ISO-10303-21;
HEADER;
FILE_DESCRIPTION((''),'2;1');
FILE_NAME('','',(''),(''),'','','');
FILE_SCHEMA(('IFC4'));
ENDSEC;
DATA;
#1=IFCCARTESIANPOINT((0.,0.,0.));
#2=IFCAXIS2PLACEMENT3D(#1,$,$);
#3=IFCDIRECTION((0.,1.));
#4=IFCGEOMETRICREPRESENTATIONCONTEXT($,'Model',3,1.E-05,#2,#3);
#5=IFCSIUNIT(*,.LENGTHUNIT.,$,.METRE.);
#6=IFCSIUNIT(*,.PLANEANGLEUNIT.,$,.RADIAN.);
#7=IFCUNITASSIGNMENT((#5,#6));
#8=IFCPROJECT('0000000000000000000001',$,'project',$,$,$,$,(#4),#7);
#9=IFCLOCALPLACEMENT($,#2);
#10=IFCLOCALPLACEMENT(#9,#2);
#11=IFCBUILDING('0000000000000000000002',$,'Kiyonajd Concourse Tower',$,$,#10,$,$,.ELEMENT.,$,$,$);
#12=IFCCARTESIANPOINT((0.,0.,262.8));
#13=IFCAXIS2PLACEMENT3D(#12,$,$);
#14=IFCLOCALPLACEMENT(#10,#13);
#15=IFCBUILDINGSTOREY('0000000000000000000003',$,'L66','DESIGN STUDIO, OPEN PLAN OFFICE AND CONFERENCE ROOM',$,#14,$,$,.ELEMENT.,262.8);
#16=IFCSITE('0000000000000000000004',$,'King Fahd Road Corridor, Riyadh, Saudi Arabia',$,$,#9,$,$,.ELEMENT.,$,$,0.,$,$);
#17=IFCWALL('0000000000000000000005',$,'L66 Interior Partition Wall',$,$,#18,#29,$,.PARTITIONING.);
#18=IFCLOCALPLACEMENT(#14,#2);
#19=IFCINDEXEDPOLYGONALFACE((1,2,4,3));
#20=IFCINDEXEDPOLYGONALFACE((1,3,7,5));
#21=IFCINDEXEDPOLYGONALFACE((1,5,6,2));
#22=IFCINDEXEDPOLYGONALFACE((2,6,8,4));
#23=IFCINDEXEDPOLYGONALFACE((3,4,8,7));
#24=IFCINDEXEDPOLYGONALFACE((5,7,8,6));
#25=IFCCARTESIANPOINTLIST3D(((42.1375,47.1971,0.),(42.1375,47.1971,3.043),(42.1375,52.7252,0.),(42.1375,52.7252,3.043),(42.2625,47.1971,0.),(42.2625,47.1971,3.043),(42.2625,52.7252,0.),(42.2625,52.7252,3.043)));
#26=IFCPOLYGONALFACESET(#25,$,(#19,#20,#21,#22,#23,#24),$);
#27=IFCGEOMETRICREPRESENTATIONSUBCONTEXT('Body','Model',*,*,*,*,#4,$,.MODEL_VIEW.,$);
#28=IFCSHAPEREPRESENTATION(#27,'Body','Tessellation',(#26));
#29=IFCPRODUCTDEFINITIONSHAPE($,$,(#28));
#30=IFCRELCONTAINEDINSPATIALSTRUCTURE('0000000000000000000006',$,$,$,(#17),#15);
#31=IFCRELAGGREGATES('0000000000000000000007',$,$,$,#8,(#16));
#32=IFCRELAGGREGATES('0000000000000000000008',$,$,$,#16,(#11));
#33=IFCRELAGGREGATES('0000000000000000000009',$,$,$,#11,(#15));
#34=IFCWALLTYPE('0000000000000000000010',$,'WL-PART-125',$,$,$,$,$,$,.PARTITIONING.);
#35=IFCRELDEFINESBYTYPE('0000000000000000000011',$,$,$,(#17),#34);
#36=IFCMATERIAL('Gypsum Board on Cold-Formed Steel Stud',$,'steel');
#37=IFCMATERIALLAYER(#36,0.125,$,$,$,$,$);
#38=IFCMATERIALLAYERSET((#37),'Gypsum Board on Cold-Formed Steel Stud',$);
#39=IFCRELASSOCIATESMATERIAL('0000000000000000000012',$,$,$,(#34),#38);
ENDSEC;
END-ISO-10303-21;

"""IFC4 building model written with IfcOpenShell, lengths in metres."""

from ifc_helpers import new_model, si_unit, direction, frame, frame_2d, origin, place, context, subcontext, project, spatial, rectangle, extrude, material, layer, layer_set, type_object, element, save


model = new_model("IFC4")

# Units and contexts
model_context = context("Model", 3, precision=1e-05, world=origin(), true_north=direction((0.0, 1.0)))
body_context = subcontext(model_context, "Body", "Model", "MODEL_VIEW")
ifc_project = project(units=[si_unit("LENGTHUNIT", "METRE"), si_unit("PLANEANGLEUNIT", "RADIAN")], contexts=[model_context])

# Site, building, storey
site_placement = place(None, origin())
site = spatial("IfcSite", under=ifc_project, at=site_placement, Name="King Fahd Road Corridor, Riyadh, Saudi Arabia", CompositionType="ELEMENT", RefElevation=0.0)
building_placement = place(site_placement, origin())
building = spatial("IfcBuilding", under=site, at=building_placement, Name="Kiyonajd Concourse Tower", CompositionType="ELEMENT")
storey_placement = place(building_placement, frame((0.0, 0.0, 262.8)))
storey = spatial("IfcBuildingStorey", under=building, at=storey_placement, Name="L66", Description="DESIGN STUDIO, OPEN PLAN OFFICE AND CONFERENCE ROOM", CompositionType="ELEMENT", Elevation=262.8)

# Wall
ifc_material_1 = material(Name="Gypsum Board on Cold-Formed Steel Stud", Category="steel")
ifc_layer_1 = layer(ifc_material_1, 0.125)
ifc_layer_set_1 = layer_set([ifc_layer_1], Name="Gypsum Board on Cold-Formed Steel Stud")
wall_type_1 = type_object("IfcWallType", Name="WL-PART-125", PredefinedType="PARTITIONING", material=ifc_layer_set_1)
wall_1_placement = place(storey_placement, frame((42.2, 47.197, 0.0), z_axis=(0.0, 0.0, 1.0), x_axis=(0.0, 1.0, 0.0)))
element("IfcWall", 1, at=wall_1_placement, inside=storey, type_object=wall_type_1, Name="L66 Interior Partition Wall", PredefinedType="PARTITIONING", context=body_context, shape_type="SweptSolid", body=[
    extrude(rectangle(XDim=5.5281, YDim=0.125, at=frame_2d((2.7642, 0.0))), origin(), (0.0, 0.0, 1.0), 3.043),
])

save(model, "model.ifc")
